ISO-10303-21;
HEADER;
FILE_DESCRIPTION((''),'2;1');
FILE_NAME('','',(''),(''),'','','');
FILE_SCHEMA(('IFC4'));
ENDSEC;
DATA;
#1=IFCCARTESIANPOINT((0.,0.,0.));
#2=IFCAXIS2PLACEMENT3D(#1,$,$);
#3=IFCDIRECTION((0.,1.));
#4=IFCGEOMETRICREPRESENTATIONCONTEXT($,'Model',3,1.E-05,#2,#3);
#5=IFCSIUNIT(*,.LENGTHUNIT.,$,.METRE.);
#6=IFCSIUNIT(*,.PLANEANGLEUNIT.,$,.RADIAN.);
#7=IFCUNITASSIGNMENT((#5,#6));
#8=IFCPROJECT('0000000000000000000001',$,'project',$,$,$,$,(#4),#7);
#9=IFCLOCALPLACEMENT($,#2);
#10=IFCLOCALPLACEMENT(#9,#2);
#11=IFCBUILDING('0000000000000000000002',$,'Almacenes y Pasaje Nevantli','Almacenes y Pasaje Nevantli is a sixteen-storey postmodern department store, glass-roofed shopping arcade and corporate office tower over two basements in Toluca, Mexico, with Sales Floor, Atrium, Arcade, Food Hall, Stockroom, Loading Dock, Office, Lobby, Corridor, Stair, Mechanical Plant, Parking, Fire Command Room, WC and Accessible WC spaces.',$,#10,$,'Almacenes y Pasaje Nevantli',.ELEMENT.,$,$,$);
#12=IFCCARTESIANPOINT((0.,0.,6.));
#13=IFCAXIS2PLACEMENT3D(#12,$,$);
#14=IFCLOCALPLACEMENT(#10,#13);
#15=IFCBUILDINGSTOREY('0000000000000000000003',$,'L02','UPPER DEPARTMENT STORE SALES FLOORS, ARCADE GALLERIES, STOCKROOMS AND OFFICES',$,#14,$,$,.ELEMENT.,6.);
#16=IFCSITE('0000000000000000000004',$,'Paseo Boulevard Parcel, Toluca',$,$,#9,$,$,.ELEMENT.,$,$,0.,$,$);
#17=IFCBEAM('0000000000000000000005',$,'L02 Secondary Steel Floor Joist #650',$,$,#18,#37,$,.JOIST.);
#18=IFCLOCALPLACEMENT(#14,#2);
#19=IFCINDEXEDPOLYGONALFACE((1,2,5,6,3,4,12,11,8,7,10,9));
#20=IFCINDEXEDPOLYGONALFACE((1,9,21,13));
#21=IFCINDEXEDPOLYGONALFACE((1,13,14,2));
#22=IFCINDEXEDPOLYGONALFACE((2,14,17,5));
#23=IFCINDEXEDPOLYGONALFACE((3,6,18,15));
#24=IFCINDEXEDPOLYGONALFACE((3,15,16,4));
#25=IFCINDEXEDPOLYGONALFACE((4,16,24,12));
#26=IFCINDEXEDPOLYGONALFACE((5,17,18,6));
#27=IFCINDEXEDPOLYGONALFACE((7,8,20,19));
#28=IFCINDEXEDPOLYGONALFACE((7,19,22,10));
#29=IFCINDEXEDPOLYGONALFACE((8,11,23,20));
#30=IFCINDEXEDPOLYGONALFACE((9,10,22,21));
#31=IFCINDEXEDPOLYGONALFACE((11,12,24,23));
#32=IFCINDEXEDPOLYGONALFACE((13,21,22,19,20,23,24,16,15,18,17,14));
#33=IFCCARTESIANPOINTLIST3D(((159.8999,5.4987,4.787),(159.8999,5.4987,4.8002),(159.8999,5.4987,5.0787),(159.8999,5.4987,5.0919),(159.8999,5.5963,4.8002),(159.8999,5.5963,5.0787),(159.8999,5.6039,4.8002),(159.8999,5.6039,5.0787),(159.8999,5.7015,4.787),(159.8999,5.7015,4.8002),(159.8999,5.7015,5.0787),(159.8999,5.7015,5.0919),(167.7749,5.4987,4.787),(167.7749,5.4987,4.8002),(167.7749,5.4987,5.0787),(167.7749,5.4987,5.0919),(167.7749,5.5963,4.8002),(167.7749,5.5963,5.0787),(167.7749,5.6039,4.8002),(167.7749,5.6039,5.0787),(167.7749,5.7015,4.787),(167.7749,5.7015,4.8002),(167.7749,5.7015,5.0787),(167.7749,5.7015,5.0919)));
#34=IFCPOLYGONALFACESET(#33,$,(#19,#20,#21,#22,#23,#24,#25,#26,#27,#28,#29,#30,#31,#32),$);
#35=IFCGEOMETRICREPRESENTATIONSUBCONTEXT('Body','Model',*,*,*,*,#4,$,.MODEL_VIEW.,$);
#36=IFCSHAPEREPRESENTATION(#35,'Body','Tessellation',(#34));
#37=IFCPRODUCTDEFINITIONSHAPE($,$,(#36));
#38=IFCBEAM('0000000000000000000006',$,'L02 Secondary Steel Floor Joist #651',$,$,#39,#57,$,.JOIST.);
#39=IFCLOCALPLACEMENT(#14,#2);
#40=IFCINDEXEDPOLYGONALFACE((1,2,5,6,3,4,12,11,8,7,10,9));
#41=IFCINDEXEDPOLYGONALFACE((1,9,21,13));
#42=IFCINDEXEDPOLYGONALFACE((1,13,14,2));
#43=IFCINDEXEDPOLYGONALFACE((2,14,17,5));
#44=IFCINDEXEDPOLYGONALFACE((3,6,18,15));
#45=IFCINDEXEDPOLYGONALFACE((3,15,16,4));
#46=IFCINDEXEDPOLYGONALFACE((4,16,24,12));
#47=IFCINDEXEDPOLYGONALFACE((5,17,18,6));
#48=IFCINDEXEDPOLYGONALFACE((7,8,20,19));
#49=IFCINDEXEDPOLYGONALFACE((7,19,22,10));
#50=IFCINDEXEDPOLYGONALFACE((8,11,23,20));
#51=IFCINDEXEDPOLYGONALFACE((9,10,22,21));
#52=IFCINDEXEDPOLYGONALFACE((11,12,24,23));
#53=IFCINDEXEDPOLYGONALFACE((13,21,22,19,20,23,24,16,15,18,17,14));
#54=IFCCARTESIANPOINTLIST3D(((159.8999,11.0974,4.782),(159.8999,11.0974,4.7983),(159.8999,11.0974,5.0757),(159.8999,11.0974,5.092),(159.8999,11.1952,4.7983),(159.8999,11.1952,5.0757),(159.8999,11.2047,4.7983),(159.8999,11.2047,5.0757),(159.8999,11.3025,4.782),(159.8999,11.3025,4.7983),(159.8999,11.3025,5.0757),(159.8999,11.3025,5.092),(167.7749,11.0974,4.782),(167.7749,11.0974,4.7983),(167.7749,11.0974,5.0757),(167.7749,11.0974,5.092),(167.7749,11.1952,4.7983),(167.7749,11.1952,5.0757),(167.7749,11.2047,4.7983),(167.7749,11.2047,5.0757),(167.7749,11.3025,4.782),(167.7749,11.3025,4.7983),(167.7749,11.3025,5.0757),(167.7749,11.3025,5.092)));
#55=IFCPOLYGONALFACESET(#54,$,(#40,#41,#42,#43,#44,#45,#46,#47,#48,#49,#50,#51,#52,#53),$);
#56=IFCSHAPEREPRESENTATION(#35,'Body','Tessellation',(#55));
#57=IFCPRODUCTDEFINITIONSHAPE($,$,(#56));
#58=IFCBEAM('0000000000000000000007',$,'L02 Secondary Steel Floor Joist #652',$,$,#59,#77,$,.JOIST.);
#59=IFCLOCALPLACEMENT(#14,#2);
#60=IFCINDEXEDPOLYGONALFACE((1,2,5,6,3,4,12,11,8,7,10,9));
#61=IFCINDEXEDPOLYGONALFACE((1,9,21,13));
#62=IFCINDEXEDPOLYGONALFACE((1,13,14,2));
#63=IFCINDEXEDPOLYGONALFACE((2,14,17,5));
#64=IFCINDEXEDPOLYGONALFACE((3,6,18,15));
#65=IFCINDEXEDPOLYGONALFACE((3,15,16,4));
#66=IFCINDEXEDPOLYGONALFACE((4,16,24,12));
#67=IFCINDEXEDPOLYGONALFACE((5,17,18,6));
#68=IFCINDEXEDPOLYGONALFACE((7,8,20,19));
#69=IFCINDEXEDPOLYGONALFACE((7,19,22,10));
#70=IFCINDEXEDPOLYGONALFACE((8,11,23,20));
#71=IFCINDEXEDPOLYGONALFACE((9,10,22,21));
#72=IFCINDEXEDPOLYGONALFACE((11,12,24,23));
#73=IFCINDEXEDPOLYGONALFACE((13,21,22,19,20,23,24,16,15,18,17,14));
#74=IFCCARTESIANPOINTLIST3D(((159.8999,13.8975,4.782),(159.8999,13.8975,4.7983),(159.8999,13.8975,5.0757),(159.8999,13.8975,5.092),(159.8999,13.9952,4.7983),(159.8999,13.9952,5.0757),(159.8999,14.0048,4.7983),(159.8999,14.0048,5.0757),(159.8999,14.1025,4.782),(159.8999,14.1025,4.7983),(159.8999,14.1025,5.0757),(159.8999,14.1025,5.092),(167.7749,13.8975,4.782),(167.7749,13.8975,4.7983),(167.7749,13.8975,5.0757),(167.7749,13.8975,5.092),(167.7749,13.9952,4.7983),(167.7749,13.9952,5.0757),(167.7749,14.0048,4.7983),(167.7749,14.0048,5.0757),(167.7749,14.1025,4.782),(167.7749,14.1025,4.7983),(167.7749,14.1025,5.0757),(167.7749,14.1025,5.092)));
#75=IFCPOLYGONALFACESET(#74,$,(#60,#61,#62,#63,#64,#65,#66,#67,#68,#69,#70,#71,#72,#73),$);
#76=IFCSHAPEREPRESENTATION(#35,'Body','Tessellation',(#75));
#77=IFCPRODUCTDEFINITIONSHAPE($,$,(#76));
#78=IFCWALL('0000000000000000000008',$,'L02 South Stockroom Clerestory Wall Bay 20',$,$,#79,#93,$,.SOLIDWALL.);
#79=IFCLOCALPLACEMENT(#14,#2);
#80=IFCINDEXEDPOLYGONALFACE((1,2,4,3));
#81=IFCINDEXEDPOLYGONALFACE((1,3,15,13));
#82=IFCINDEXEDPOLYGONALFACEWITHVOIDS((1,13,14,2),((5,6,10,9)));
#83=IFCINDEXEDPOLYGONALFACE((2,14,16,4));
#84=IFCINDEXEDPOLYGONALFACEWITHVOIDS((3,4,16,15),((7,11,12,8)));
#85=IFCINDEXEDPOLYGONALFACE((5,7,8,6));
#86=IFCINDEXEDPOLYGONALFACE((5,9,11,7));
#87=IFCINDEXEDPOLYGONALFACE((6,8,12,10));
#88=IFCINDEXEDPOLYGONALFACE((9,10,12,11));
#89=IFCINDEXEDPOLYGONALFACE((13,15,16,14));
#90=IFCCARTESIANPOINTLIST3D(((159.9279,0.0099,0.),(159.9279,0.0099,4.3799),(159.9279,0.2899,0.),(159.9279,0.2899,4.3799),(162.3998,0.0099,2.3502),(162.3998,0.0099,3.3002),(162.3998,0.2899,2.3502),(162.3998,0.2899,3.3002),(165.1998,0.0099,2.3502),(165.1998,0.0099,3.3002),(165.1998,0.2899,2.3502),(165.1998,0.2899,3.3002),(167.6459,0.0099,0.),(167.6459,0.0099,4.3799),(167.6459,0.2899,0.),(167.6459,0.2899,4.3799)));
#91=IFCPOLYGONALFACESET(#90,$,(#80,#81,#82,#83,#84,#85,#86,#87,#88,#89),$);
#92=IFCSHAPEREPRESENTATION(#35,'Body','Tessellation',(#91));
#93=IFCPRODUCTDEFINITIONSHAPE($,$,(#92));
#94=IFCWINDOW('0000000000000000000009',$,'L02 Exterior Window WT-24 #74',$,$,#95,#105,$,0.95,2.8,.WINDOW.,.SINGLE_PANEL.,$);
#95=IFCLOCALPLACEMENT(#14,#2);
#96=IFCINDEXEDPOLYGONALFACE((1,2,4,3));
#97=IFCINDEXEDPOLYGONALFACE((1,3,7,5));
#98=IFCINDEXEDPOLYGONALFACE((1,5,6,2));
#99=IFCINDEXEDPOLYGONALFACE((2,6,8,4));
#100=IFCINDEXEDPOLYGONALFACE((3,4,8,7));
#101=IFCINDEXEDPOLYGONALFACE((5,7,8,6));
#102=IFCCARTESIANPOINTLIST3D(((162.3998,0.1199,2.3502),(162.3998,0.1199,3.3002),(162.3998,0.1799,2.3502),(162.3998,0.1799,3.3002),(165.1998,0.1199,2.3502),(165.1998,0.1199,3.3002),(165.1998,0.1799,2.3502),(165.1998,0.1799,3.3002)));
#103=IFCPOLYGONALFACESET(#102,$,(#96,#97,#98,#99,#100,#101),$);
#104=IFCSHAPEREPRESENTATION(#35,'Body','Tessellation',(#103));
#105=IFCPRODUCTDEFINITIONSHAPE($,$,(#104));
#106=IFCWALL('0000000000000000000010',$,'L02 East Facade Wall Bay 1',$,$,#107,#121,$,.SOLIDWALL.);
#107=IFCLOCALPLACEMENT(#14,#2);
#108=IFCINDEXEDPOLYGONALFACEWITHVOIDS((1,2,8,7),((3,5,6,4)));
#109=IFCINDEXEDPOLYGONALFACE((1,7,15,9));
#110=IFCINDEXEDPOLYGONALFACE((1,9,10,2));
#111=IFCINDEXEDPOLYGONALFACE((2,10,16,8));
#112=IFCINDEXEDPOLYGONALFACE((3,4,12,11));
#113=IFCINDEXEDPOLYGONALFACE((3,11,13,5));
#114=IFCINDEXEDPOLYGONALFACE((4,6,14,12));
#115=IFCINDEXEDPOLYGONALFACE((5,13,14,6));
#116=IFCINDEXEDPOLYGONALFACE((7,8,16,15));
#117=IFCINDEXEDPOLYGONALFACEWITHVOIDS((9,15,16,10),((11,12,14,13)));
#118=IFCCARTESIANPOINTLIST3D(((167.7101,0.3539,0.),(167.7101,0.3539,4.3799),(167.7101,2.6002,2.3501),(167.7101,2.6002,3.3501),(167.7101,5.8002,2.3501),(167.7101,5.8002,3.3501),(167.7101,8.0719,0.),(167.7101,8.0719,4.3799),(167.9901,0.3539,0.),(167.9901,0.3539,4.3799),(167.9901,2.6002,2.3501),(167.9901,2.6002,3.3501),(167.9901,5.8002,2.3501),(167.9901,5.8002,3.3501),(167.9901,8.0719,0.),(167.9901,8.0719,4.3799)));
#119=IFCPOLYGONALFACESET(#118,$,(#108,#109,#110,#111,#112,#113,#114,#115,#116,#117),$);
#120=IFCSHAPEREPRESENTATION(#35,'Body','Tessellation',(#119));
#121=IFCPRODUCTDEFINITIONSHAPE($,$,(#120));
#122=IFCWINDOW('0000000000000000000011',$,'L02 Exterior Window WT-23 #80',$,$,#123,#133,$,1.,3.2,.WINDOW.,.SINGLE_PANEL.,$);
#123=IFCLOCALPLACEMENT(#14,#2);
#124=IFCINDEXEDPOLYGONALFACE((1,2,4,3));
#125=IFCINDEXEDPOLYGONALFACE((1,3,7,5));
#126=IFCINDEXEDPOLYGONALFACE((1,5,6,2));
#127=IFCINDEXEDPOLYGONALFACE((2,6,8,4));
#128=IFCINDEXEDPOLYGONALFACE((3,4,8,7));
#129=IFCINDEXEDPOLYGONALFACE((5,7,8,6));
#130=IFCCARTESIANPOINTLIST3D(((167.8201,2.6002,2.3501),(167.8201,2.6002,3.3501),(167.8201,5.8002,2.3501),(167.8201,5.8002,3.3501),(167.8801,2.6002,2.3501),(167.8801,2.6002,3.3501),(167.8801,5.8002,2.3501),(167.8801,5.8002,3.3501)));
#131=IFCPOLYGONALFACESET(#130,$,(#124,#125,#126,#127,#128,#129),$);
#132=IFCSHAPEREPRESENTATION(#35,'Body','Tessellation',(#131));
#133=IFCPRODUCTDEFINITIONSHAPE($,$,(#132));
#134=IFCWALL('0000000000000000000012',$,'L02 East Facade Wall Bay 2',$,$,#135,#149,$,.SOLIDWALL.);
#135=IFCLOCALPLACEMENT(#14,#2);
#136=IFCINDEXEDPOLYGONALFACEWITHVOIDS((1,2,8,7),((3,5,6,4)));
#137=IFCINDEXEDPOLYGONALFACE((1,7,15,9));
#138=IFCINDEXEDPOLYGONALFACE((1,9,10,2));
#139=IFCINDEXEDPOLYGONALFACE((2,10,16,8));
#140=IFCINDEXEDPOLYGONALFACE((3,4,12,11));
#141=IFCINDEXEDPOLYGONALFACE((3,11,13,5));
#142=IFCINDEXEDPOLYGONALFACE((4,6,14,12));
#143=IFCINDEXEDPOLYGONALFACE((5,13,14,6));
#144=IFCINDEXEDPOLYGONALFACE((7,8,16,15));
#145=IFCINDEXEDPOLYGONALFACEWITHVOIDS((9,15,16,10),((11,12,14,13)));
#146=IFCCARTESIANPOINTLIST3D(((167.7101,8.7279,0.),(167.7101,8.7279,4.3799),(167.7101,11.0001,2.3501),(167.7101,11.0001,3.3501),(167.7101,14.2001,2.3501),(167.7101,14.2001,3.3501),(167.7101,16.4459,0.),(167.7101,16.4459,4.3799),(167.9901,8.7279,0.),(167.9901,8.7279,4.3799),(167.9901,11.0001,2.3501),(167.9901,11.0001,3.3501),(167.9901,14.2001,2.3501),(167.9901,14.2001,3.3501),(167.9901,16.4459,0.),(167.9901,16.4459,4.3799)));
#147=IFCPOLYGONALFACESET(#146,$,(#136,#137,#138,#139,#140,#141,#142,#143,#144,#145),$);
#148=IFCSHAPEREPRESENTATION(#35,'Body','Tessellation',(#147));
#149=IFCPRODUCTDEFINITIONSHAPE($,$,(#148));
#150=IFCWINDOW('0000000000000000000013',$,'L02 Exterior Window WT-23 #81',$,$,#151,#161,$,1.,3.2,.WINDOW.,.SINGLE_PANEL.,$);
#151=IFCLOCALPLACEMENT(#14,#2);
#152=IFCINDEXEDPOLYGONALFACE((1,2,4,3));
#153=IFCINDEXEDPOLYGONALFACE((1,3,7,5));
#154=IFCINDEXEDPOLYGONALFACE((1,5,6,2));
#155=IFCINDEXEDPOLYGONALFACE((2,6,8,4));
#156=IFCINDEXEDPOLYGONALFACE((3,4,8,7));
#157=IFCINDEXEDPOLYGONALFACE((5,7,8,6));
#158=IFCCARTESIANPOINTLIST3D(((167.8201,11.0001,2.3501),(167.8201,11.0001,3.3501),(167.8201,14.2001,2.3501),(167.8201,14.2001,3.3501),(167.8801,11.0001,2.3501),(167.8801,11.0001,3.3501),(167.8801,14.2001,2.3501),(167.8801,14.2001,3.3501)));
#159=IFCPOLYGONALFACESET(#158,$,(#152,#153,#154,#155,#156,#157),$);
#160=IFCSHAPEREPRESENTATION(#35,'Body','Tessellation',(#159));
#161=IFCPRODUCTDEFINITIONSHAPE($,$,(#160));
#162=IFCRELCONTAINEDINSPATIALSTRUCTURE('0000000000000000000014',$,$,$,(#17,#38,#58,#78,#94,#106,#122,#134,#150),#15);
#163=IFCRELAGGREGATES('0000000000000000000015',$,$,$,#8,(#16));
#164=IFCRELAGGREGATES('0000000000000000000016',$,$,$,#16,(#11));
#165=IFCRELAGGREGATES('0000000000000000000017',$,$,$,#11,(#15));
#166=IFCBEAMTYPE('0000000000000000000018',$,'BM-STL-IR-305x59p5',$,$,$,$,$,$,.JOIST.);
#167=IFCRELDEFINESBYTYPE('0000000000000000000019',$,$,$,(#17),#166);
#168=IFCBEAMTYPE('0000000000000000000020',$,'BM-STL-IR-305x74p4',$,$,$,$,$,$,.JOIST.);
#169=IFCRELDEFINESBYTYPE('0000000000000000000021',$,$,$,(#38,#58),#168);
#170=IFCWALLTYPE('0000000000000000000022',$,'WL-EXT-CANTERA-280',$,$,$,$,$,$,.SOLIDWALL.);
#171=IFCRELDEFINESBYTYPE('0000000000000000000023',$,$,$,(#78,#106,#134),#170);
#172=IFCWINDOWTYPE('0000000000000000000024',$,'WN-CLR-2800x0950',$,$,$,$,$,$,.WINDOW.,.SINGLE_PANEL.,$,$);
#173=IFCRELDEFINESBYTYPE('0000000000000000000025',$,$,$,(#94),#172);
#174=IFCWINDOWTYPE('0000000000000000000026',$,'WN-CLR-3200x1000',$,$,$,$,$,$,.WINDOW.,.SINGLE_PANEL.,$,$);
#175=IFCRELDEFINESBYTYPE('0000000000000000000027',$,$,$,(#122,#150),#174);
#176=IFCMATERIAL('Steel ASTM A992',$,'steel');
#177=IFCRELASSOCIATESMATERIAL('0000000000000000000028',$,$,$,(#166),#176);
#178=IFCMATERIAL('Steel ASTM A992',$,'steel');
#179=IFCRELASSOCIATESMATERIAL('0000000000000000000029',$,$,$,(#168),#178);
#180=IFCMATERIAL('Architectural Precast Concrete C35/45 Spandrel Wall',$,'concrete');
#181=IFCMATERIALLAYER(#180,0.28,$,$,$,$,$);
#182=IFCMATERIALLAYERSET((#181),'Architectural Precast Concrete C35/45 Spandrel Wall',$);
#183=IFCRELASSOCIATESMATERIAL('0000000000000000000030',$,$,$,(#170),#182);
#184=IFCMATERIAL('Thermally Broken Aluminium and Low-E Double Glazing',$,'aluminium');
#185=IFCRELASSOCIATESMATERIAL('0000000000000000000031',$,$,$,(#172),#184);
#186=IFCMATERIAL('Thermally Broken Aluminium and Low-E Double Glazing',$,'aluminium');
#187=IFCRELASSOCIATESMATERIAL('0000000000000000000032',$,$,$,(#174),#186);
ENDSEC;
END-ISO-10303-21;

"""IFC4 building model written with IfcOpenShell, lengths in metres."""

from ifc_helpers import new_model, si_unit, direction, frame, frame_2d, origin, origin_2d, place, context, subcontext, project, spatial, rectangle, i_section, extrude, material, layer, layer_set, material_profile, profile_set, type_object, element, fill, save


model = new_model("IFC4")

# Units and contexts
model_context = context("Model", 3, precision=1e-05, world=origin(), true_north=direction((0.0, 1.0)))
body_context = subcontext(model_context, "Body", "Model", "MODEL_VIEW")
ifc_project = project(units=[si_unit("LENGTHUNIT", "METRE"), si_unit("PLANEANGLEUNIT", "RADIAN")], contexts=[model_context])

# Site, building, storey
site_placement = place(None, origin())
site = spatial("IfcSite", under=ifc_project, at=site_placement, Name="Paseo Boulevard Parcel, Toluca", CompositionType="ELEMENT", RefElevation=0.0)
building_placement = place(site_placement, origin())
building = spatial("IfcBuilding", under=site, at=building_placement, Name="Almacenes y Pasaje Nevantli", Description="Almacenes y Pasaje Nevantli is a sixteen-storey postmodern department store, glass-roofed shopping arcade and corporate office tower over two basements in Toluca, Mexico, with Sales Floor, Atrium, Arcade, Food Hall, Stockroom, Loading Dock, Office, Lobby, Corridor, Stair, Mechanical Plant, Parking, Fire Command Room, WC and Accessible WC spaces.", LongName="Almacenes y Pasaje Nevantli", CompositionType="ELEMENT")
storey_placement = place(building_placement, frame((0.0, 0.0, 6.0)))
storey = spatial("IfcBuildingStorey", under=building, at=storey_placement, Name="L02", Description="UPPER DEPARTMENT STORE SALES FLOORS, ARCADE GALLERIES, STOCKROOMS AND OFFICES", CompositionType="ELEMENT", Elevation=6.0)

# Beams
ifc_material_1 = material(Name="Steel ASTM A992", Category="steel")
ifc_material_profile_1 = material_profile(ifc_material_1, i_section(OverallWidth=0.2029, OverallDepth=0.3049, WebThickness=0.0076, FlangeThickness=0.0132, at=origin_2d()), Name="IR 305x59.5")
ifc_profile_set_1 = profile_set([ifc_material_profile_1], Name="Steel ASTM A992")
beam_type_1 = type_object("IfcBeamType", Name="BM-STL-IR-305x59p5", PredefinedType="JOIST", material=ifc_profile_set_1)
for number, where, z_axis, x_axis, name in (
    (1, (159.8999, 5.6001, 4.9395), (1.0, 0.0, 0.0), (0.0, 1.0, 0.0), "L02 Secondary Steel Floor Joist #650"),
):
    element("IfcBeam", number, at=place(storey_placement, frame(where, z_axis=z_axis, x_axis=x_axis)), inside=storey, type_object=beam_type_1, Name=name, PredefinedType="JOIST", context=body_context, shape_type="SweptSolid", body=[
        extrude(i_section(OverallWidth=0.2029, OverallDepth=0.3049, WebThickness=0.0076, FlangeThickness=0.0132, at=origin_2d()), origin(), (0.0, 0.0, 1.0), 7.875),
    ])
ifc_material_2 = material(Name="Steel ASTM A992", Category="steel")
ifc_material_profile_2 = material_profile(ifc_material_2, i_section(OverallWidth=0.2051, OverallDepth=0.3101, WebThickness=0.0095, FlangeThickness=0.0164, at=origin_2d()), Name="IR 305x74.4")
ifc_profile_set_2 = profile_set([ifc_material_profile_2], Name="Steel ASTM A992")
beam_type_2 = type_object("IfcBeamType", Name="BM-STL-IR-305x74p4", PredefinedType="JOIST", material=ifc_profile_set_2)
for number, where, z_axis, x_axis, name in (
    (2, (159.8999, 11.2, 4.937), (1.0, 0.0, 0.0), (0.0, 1.0, 0.0), "L02 Secondary Steel Floor Joist #651"),
    (3, (159.8999, 14.0, 4.937), (1.0, 0.0, 0.0), (0.0, 1.0, 0.0), "L02 Secondary Steel Floor Joist #652"),
):
    element("IfcBeam", number, at=place(storey_placement, frame(where, z_axis=z_axis, x_axis=x_axis)), inside=storey, type_object=beam_type_2, Name=name, PredefinedType="JOIST", context=body_context, shape_type="SweptSolid", body=[
        extrude(i_section(OverallWidth=0.2051, OverallDepth=0.3101, WebThickness=0.0095, FlangeThickness=0.0164, at=origin_2d()), origin(), (0.0, 0.0, 1.0), 7.875),
    ])

# Walls, openings, windows
ifc_material_3 = material(Name="Architectural Precast Concrete C35/45 Spandrel Wall", Category="concrete")
ifc_layer = layer(ifc_material_3, 0.28)
ifc_layer_set = layer_set([ifc_layer], Name="Architectural Precast Concrete C35/45 Spandrel Wall")
wall_type = type_object("IfcWallType", Name="WL-EXT-CANTERA-280", PredefinedType="SOLIDWALL", material=ifc_layer_set)
wall_1_placement = place(storey_placement, frame((159.928, 0.1499, 0.0), z_axis=(0.0, 0.0, 1.0), x_axis=(1.0, 0.0, 0.0)))
wall_1 = element("IfcWall", 4, at=wall_1_placement, inside=storey, type_object=wall_type, Name="L02 South Stockroom Clerestory Wall Bay 20", PredefinedType="SOLIDWALL", context=body_context, shape_type="SweptSolid", body=[
    extrude(rectangle(XDim=7.718, YDim=0.28, at=frame_2d((3.8589, 0.0))), origin(), (0.0, 0.0, 1.0), 4.3799),
])
opening_1_placement = place(wall_1_placement, frame((2.4719, 0.0, 2.3501)))
opening_1 = element("IfcOpeningElement", 5, at=opening_1_placement, cuts=wall_1, PredefinedType="OPENING", context=body_context, shape_type="SweptSolid", body=[
    extrude(rectangle(XDim=2.8, YDim=0.95, at=frame_2d((1.3999, 0.4751))), frame((0.0, 0.1499, 0.0), z_axis=(0.0, -1.0, 0.0), x_axis=(1.0, 0.0, 0.0)), (0.0, 0.0, 1.0), 0.3),
])
ifc_material_4 = material(Name="Thermally Broken Aluminium and Low-E Double Glazing", Category="aluminium")
window_type_1 = type_object("IfcWindowType", Name="WN-CLR-2800x0950", PartitioningType="SINGLE_PANEL", PredefinedType="WINDOW", material=ifc_material_4)
window_1_placement = place(opening_1_placement, origin())
window_1 = element("IfcWindow", 6, at=window_1_placement, inside=storey, type_object=window_type_1, Name="L02 Exterior Window WT-24 #74", OverallHeight=0.95, OverallWidth=2.8, PartitioningType="SINGLE_PANEL", PredefinedType="WINDOW", context=body_context, shape_type="SweptSolid", body=[
    extrude(rectangle(XDim=2.8, YDim=0.95, at=frame_2d((1.3999, 0.4751))), frame((0.0, 0.03, 0.0), z_axis=(0.0, -1.0, 0.0), x_axis=(1.0, 0.0, 0.0)), (0.0, 0.0, 1.0), 0.0601),
])
fill(opening_1, window_1)
wall_2_placement = place(storey_placement, frame((167.8501, 0.354, 0.0), z_axis=(0.0, 0.0, 1.0), x_axis=(0.0, 1.0, 0.0)))
wall_2 = element("IfcWall", 7, at=wall_2_placement, inside=storey, type_object=wall_type, Name="L02 East Facade Wall Bay 1", PredefinedType="SOLIDWALL", context=body_context, shape_type="SweptSolid", body=[
    extrude(rectangle(XDim=7.718, YDim=0.28, at=frame_2d((3.8589, 0.0))), origin(), (0.0, 0.0, 1.0), 4.3799),
])
opening_2_placement = place(wall_2_placement, frame((2.2461, 0.0, 2.3501)))
opening_2 = element("IfcOpeningElement", 8, at=opening_2_placement, cuts=wall_2, PredefinedType="OPENING", context=body_context, shape_type="SweptSolid", body=[
    extrude(rectangle(XDim=3.2, YDim=1.0, at=frame_2d((1.6001, 0.5))), frame((0.0, 0.1499, 0.0), z_axis=(0.0, -1.0, 0.0), x_axis=(1.0, 0.0, 0.0)), (0.0, 0.0, 1.0), 0.3),
])
ifc_material_5 = material(Name="Thermally Broken Aluminium and Low-E Double Glazing", Category="aluminium")
window_type_2 = type_object("IfcWindowType", Name="WN-CLR-3200x1000", PartitioningType="SINGLE_PANEL", PredefinedType="WINDOW", material=ifc_material_5)
window_2_placement = place(opening_2_placement, origin())
window_2 = element("IfcWindow", 9, at=window_2_placement, inside=storey, type_object=window_type_2, Name="L02 Exterior Window WT-23 #80", OverallHeight=1.0, OverallWidth=3.2, PartitioningType="SINGLE_PANEL", PredefinedType="WINDOW", context=body_context, shape_type="SweptSolid", body=[
    extrude(rectangle(XDim=3.2, YDim=1.0, at=frame_2d((1.6001, 0.5))), frame((0.0, 0.03, 0.0), z_axis=(0.0, -1.0, 0.0), x_axis=(1.0, 0.0, 0.0)), (0.0, 0.0, 1.0), 0.0601),
])
fill(opening_2, window_2)
wall_3_placement = place(storey_placement, frame((167.8501, 8.728, 0.0), z_axis=(0.0, 0.0, 1.0), x_axis=(0.0, 1.0, 0.0)))
wall_3 = element("IfcWall", 10, at=wall_3_placement, inside=storey, type_object=wall_type, Name="L02 East Facade Wall Bay 2", PredefinedType="SOLIDWALL", context=body_context, shape_type="SweptSolid", body=[
    extrude(rectangle(XDim=7.718, YDim=0.28, at=frame_2d((3.8589, 0.0))), origin(), (0.0, 0.0, 1.0), 4.3799),
])
opening_3_placement = place(wall_3_placement, frame((2.272, 0.0, 2.3501)))
opening_3 = element("IfcOpeningElement", 11, at=opening_3_placement, cuts=wall_3, PredefinedType="OPENING", context=body_context, shape_type="SweptSolid", body=[
    extrude(rectangle(XDim=3.2, YDim=1.0, at=frame_2d((1.6001, 0.5))), frame((0.0, 0.1499, 0.0), z_axis=(0.0, -1.0, 0.0), x_axis=(1.0, 0.0, 0.0)), (0.0, 0.0, 1.0), 0.3),
])
window_3_placement = place(opening_3_placement, origin())
window_3 = element("IfcWindow", 12, at=window_3_placement, inside=storey, type_object=window_type_2, Name="L02 Exterior Window WT-23 #81", OverallHeight=1.0, OverallWidth=3.2, PartitioningType="SINGLE_PANEL", PredefinedType="WINDOW", context=body_context, shape_type="SweptSolid", body=[
    extrude(rectangle(XDim=3.2, YDim=1.0, at=frame_2d((1.6001, 0.5))), frame((0.0, 0.03, 0.0), z_axis=(0.0, -1.0, 0.0), x_axis=(1.0, 0.0, 0.0)), (0.0, 0.0, 1.0), 0.0601),
])
fill(opening_3, window_3)

save(model, "model.ifc")
